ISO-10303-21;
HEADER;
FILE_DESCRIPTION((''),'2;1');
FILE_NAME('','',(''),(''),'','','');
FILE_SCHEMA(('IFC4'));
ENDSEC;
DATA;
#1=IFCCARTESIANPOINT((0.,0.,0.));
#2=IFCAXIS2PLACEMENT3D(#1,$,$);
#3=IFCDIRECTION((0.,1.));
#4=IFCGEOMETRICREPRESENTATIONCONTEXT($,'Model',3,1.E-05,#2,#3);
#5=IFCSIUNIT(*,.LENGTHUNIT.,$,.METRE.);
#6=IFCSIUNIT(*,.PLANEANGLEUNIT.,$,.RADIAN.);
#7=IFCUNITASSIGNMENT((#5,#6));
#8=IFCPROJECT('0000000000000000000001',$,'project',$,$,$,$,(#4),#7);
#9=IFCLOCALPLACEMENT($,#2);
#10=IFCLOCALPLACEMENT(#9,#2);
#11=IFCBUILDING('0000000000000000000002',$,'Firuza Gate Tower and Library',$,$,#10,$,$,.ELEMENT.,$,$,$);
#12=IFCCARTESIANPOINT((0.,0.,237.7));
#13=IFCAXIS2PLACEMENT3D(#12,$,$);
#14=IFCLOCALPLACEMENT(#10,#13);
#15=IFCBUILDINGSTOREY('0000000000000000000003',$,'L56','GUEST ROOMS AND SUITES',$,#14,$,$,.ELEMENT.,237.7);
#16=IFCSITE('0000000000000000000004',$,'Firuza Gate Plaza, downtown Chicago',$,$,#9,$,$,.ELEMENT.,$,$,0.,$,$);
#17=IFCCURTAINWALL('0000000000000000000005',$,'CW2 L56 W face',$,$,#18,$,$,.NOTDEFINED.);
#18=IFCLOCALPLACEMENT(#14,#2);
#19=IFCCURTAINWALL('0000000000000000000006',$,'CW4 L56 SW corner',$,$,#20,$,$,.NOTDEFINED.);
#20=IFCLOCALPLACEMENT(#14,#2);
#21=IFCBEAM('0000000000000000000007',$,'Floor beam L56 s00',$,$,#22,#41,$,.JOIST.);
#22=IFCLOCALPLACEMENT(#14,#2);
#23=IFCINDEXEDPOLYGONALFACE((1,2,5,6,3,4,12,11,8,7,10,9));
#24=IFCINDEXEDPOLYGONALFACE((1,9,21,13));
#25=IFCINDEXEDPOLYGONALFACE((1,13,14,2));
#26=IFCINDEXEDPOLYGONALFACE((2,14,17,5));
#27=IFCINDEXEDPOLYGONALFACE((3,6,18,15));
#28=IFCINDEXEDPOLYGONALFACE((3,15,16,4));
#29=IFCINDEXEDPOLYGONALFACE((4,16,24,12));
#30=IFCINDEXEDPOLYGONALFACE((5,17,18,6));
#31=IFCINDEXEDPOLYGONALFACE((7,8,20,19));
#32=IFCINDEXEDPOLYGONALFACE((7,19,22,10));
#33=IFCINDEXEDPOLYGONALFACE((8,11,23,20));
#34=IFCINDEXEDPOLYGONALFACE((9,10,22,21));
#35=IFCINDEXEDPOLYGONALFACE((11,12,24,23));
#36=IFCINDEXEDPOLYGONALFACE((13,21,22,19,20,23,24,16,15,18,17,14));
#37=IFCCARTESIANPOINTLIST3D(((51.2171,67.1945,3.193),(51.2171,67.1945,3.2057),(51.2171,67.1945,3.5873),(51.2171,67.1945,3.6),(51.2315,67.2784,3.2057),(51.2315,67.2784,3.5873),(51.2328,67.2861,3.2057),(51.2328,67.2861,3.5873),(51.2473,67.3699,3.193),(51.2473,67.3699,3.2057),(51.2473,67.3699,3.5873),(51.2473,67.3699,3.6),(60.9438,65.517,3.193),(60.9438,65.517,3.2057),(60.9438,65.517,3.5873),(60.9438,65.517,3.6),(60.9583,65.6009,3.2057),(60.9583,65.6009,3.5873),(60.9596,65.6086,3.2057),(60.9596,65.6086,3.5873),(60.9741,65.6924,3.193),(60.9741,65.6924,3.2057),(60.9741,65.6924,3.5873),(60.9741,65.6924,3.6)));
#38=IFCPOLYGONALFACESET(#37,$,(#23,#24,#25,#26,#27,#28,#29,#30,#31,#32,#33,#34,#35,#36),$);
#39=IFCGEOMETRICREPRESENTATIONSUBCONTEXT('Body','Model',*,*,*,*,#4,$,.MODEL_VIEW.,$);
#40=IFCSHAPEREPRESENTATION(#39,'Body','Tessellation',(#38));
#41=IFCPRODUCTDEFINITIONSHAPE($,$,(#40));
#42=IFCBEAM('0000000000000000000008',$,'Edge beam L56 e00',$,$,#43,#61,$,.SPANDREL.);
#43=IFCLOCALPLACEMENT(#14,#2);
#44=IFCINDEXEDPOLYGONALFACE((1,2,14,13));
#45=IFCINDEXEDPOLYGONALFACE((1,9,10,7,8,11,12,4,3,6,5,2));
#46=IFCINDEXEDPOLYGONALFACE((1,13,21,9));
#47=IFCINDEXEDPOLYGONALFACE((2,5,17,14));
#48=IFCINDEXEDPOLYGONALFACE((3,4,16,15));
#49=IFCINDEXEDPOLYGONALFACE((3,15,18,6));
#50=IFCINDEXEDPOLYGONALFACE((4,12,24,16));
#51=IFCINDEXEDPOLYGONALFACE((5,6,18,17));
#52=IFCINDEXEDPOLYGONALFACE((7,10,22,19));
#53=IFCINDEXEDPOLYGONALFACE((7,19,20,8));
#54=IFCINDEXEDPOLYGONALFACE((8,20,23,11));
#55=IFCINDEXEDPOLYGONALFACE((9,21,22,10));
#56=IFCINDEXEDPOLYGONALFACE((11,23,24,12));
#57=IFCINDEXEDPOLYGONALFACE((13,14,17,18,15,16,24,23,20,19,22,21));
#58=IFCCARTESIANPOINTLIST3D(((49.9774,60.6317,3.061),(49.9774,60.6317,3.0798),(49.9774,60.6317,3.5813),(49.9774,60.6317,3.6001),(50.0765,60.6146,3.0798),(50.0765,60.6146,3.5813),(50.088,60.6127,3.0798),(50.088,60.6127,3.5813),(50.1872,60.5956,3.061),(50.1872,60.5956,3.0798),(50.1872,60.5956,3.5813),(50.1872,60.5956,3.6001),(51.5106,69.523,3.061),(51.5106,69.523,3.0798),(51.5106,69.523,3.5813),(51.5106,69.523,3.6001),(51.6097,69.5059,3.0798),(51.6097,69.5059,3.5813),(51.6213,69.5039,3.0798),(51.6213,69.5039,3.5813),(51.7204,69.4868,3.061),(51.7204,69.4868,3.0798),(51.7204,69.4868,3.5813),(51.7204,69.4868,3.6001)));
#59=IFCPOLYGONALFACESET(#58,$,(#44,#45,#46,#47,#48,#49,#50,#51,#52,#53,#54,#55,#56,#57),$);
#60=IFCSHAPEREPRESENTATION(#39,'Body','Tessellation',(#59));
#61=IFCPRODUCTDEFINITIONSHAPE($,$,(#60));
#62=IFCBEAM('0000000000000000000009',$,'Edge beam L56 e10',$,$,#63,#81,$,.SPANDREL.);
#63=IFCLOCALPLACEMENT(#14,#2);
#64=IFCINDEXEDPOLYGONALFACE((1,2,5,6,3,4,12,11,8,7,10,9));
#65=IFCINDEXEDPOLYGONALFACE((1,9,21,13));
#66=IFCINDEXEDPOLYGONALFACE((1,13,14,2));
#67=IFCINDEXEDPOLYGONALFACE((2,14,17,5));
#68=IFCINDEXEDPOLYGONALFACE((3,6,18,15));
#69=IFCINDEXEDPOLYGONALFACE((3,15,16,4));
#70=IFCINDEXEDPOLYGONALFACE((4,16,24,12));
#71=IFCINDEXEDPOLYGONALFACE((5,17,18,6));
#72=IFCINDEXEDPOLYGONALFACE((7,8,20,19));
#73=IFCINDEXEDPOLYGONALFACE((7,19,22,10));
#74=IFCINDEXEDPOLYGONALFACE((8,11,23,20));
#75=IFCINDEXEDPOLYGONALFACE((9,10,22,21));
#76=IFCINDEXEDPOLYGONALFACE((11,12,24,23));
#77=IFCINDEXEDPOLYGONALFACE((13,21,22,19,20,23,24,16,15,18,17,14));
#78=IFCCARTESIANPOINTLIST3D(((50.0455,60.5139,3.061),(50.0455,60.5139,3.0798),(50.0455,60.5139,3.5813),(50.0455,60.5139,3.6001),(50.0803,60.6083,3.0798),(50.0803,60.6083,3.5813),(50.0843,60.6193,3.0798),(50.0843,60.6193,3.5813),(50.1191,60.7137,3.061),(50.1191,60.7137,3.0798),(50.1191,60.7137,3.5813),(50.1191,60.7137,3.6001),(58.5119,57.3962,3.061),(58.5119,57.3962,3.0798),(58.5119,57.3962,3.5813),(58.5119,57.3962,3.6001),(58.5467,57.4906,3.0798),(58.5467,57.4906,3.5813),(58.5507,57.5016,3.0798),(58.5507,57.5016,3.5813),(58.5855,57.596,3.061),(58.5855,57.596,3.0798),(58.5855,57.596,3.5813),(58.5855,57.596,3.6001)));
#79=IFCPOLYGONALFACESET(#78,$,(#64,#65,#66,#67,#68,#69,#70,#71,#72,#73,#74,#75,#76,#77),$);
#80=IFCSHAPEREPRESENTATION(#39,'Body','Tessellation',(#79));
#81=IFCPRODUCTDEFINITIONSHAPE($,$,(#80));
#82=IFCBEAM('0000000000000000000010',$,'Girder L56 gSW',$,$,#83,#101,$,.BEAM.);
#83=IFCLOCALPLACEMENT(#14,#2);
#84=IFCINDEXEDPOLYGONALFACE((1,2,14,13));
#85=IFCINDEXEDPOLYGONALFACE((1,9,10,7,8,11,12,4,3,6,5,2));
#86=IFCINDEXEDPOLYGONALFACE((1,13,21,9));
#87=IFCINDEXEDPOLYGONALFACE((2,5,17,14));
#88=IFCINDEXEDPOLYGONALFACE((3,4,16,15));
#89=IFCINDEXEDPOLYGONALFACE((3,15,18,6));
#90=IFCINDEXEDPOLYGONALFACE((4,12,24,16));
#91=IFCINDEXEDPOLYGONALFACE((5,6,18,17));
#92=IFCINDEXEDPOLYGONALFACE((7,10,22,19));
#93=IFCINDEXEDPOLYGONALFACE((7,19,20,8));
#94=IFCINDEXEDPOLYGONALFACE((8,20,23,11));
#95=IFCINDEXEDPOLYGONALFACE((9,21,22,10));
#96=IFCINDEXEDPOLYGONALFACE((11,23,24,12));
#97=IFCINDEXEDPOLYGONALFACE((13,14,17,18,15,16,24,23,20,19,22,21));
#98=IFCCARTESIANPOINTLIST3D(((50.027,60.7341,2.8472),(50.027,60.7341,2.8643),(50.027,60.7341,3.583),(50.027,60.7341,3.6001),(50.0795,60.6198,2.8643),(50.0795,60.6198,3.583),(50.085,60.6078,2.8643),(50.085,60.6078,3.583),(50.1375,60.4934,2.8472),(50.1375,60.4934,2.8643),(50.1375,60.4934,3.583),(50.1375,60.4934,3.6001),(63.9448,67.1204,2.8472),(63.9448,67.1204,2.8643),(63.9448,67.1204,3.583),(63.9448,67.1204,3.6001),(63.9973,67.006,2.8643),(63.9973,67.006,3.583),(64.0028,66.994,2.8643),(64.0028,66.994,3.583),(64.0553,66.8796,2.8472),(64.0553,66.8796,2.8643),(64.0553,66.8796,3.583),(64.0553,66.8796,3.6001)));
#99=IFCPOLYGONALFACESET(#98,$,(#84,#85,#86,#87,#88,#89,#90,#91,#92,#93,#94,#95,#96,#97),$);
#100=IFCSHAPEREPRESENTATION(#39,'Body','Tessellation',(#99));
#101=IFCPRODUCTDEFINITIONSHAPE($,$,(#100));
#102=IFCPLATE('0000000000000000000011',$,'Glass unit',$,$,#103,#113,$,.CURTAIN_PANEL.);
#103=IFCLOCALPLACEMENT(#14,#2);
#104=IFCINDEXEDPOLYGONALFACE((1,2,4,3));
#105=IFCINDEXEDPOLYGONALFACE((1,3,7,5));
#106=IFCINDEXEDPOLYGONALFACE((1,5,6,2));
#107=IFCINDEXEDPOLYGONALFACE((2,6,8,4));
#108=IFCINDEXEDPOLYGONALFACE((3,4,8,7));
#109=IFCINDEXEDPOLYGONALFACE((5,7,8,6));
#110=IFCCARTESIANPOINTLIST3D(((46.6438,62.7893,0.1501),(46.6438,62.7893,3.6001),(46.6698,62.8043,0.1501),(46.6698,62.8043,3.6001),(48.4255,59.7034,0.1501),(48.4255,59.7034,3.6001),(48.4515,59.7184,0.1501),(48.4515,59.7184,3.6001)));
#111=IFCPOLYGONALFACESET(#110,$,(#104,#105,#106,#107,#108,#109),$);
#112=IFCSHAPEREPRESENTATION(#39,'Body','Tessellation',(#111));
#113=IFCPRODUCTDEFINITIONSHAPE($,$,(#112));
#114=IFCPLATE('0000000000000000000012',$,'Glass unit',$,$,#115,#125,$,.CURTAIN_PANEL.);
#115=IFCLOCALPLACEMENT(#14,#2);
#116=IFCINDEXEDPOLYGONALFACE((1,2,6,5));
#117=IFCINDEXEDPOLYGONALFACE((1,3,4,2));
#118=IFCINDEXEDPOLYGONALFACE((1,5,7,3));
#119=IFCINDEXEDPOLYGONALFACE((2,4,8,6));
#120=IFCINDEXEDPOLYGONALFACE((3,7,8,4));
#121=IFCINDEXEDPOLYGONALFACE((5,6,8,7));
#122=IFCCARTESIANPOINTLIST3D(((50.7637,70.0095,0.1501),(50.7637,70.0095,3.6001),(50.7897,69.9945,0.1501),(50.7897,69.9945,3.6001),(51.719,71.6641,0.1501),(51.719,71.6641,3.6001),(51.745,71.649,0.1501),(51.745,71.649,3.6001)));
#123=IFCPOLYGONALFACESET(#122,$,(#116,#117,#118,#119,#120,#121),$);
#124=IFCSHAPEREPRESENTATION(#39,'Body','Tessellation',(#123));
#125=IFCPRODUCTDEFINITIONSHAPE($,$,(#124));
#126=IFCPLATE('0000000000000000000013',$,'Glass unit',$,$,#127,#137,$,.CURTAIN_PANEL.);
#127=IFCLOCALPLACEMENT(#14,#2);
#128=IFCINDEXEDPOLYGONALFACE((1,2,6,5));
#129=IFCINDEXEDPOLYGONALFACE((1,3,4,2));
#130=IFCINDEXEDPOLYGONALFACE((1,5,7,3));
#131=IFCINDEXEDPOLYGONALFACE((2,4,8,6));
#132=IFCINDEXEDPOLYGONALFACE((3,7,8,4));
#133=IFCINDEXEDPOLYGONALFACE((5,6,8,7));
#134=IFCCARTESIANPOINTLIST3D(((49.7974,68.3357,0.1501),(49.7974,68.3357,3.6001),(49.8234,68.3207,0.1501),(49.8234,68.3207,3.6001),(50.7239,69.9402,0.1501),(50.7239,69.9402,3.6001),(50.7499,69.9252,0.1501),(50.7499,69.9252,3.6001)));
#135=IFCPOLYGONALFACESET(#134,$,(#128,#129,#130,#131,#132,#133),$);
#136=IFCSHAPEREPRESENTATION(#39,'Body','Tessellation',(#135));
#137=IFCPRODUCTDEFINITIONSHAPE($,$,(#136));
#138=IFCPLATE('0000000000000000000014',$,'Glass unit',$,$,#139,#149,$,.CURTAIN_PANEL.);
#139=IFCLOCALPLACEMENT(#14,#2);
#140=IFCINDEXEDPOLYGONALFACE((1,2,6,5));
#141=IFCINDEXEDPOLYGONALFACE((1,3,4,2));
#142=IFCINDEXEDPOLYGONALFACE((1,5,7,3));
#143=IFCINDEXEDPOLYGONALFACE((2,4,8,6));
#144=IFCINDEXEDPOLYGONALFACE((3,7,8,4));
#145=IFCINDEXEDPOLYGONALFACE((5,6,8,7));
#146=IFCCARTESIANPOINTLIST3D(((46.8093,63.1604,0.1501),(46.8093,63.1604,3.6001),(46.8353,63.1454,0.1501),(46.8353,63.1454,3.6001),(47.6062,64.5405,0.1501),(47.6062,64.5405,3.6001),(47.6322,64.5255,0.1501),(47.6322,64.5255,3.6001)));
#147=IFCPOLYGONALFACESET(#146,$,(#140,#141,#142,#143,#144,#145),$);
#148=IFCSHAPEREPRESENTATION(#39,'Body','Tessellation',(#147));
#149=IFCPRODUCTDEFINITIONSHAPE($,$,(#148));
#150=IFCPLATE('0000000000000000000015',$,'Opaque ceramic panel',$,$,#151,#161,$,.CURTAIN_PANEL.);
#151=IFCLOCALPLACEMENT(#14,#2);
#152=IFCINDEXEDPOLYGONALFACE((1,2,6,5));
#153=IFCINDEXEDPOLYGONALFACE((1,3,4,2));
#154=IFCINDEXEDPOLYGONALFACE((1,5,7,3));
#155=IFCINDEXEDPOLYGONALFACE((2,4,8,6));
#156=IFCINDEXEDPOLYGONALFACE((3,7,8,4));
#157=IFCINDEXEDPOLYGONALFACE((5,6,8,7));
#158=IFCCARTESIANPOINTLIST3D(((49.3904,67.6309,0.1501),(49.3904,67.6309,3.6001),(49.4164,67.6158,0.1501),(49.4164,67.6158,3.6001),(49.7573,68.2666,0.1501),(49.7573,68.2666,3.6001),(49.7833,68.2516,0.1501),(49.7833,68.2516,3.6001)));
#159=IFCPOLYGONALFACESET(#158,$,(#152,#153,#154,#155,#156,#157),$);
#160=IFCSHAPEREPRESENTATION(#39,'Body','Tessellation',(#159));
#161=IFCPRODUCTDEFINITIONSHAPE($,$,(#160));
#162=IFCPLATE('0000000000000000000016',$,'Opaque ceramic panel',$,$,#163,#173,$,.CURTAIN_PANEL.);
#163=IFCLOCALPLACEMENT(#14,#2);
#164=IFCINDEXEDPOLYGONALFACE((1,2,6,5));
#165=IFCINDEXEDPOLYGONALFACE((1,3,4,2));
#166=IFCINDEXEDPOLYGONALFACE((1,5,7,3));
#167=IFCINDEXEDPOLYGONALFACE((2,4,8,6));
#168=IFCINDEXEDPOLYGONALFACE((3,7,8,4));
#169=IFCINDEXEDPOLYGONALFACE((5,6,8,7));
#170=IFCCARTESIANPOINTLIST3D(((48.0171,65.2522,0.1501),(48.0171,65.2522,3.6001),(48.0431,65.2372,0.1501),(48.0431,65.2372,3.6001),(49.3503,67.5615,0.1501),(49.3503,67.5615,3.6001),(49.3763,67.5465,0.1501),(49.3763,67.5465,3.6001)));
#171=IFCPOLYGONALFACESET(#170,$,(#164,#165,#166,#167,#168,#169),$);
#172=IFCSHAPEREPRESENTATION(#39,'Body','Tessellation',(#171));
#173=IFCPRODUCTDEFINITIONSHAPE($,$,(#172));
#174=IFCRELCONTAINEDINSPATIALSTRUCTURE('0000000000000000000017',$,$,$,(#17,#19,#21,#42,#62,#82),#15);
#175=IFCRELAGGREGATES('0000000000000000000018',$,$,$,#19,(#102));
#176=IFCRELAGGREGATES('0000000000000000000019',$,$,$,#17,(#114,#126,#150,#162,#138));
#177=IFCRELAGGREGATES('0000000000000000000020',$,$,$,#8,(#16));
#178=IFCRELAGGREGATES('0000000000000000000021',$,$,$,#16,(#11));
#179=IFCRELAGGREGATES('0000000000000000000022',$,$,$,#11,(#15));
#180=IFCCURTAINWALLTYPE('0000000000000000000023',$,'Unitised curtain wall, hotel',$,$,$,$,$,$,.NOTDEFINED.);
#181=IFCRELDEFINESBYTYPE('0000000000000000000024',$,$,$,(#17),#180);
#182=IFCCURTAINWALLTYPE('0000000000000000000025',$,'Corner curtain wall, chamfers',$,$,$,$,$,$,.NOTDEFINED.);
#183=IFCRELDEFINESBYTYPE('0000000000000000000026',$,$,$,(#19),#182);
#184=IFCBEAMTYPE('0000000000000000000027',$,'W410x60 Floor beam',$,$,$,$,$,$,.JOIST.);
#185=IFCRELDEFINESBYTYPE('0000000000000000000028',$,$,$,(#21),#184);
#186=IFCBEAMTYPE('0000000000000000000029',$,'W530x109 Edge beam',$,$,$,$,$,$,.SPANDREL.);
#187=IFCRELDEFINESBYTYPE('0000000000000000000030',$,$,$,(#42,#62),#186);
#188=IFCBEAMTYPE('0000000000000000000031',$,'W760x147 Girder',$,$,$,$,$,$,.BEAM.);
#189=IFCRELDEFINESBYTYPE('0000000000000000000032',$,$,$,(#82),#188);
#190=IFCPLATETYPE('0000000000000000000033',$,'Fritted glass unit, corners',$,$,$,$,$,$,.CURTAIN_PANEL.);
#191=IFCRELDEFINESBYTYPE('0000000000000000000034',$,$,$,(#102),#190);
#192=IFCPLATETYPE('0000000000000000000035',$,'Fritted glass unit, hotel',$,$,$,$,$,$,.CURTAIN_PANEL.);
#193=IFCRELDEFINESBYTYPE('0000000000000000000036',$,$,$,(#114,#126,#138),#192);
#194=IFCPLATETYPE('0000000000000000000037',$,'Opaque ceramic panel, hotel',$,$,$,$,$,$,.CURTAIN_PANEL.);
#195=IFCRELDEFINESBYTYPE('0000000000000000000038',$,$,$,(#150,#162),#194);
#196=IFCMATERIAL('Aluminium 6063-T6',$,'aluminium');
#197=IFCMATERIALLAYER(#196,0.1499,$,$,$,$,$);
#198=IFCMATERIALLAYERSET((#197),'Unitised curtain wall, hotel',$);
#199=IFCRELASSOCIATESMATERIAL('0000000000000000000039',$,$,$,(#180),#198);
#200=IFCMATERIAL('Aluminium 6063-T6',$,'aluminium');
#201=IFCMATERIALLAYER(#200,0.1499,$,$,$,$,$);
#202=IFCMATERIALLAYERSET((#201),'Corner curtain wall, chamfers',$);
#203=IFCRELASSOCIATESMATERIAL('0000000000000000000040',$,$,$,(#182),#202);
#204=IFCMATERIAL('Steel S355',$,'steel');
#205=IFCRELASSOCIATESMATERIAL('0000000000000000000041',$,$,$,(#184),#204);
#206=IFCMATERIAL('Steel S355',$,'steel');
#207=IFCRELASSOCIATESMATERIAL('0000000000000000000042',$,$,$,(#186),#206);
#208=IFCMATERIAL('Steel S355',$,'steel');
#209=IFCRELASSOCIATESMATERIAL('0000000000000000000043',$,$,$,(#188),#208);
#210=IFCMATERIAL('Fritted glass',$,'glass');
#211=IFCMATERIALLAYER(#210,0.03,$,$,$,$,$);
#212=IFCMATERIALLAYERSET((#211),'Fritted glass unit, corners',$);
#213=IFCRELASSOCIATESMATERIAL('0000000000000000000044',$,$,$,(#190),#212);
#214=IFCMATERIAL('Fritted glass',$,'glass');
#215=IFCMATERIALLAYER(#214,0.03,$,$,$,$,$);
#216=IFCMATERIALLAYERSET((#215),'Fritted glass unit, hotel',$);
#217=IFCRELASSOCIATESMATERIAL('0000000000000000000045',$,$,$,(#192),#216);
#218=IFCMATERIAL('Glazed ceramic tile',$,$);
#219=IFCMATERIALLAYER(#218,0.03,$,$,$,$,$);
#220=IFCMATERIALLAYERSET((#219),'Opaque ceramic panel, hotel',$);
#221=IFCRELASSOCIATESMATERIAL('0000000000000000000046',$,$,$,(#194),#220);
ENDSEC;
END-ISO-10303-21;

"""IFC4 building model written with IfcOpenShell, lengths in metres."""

from ifc_helpers import new_model, si_unit, direction, frame, origin, origin_2d, place, context, subcontext, project, spatial, polyline, i_section, outline, extrude, material, layer, layer_set, material_profile, profile_set, type_object, element, aggregate, save


model = new_model("IFC4")

# Units and contexts
model_context = context("Model", 3, precision=1e-05, world=origin(), true_north=direction((0.0, 1.0)))
body_context = subcontext(model_context, "Body", "Model", "MODEL_VIEW")
ifc_project = project(units=[si_unit("LENGTHUNIT", "METRE"), si_unit("PLANEANGLEUNIT", "RADIAN")], contexts=[model_context])

# Site, building, storey
site_placement = place(None, origin())
site = spatial("IfcSite", under=ifc_project, at=site_placement, Name="Firuza Gate Plaza, downtown Chicago", CompositionType="ELEMENT", RefElevation=0.0)
building_placement = place(site_placement, origin())
building = spatial("IfcBuilding", under=site, at=building_placement, Name="Firuza Gate Tower and Library", CompositionType="ELEMENT")
storey_placement = place(building_placement, frame((0.0, 0.0, 237.7)))
storey = spatial("IfcBuildingStorey", under=building, at=storey_placement, Name="L56", Description="GUEST ROOMS AND SUITES", CompositionType="ELEMENT", Elevation=237.7)

# Curtain walls
ifc_material_1 = material(Name="Aluminium 6063-T6", Category="aluminium")
ifc_layer_1 = layer(ifc_material_1, 0.1499)
ifc_layer_set_1 = layer_set([ifc_layer_1], Name="Unitised curtain wall, hotel")
curtain_wall_type_1 = type_object("IfcCurtainWallType", Name="Unitised curtain wall, hotel", PredefinedType="NOTDEFINED", material=ifc_layer_set_1)
placement = place(storey_placement, origin())
curtain_wall_1 = element("IfcCurtainWall", 1, at=placement, inside=storey, type_object=curtain_wall_type_1, Name="CW2 L56 W face", PredefinedType="NOTDEFINED")
ifc_material_2 = material(Name="Aluminium 6063-T6", Category="aluminium")
ifc_layer_2 = layer(ifc_material_2, 0.1499)
ifc_layer_set_2 = layer_set([ifc_layer_2], Name="Corner curtain wall, chamfers")
curtain_wall_type_2 = type_object("IfcCurtainWallType", Name="Corner curtain wall, chamfers", PredefinedType="NOTDEFINED", material=ifc_layer_set_2)
curtain_wall_2 = element("IfcCurtainWall", 2, at=placement, inside=storey, type_object=curtain_wall_type_2, Name="CW4 L56 SW corner", PredefinedType="NOTDEFINED")

# Beams
ifc_material_3 = material(Name="Steel S355", Category="steel")
ifc_material_profile_1 = material_profile(ifc_material_3, i_section(OverallWidth=0.178, OverallDepth=0.407, WebThickness=0.0078, FlangeThickness=0.0127, at=origin_2d()))
ifc_profile_set_1 = profile_set([ifc_material_profile_1], Name="Steel S355")
beam_type_1 = type_object("IfcBeamType", Name="W410x60 Floor beam", PredefinedType="JOIST", material=ifc_profile_set_1)
beam_1_placement = place(storey_placement, frame((51.2322, 67.2822, 3.3965), z_axis=(0.985452, -0.169952, 0.0), x_axis=(0.169952, 0.985452, 0.0)))
element("IfcBeam", 3, at=beam_1_placement, inside=storey, type_object=beam_type_1, Name="Floor beam L56 s00", PredefinedType="JOIST", context=body_context, shape_type="SweptSolid", body=[
    extrude(i_section(OverallWidth=0.178, OverallDepth=0.407, WebThickness=0.0078, FlangeThickness=0.0127, at=origin_2d()), origin(), (0.0, 0.0, 1.0), 9.8704),
])
ifc_material_4 = material(Name="Steel S355", Category="steel")
ifc_material_profile_2 = material_profile(ifc_material_4, i_section(OverallWidth=0.2129, OverallDepth=0.5391, WebThickness=0.0117, FlangeThickness=0.0188, at=origin_2d()))
ifc_profile_set_2 = profile_set([ifc_material_profile_2], Name="Steel S355")
beam_type_2 = type_object("IfcBeamType", Name="W530x109 Edge beam", PredefinedType="SPANDREL", material=ifc_profile_set_2)
beam_2_placement = place(storey_placement, frame((51.6155, 69.5049, 3.3306), z_axis=(-0.169934, -0.985455, 0.0), x_axis=(0.985455, -0.169934, 0.0)))
element("IfcBeam", 4, at=beam_2_placement, inside=storey, type_object=beam_type_2, Name="Edge beam L56 e00", PredefinedType="SPANDREL", context=body_context, shape_type="SweptSolid", body=[
    extrude(i_section(OverallWidth=0.2129, OverallDepth=0.5391, WebThickness=0.0117, FlangeThickness=0.0188, at=origin_2d()), origin(), (0.0, 0.0, 1.0), 9.0225),
])
beam_3_placement = place(storey_placement, frame((50.0823, 60.6138, 3.3306), z_axis=(0.9384, -0.345551, 0.0), x_axis=(0.345551, 0.9384, 0.0)))
element("IfcBeam", 5, at=beam_3_placement, inside=storey, type_object=beam_type_2, Name="Edge beam L56 e10", PredefinedType="SPANDREL", context=body_context, shape_type="SweptSolid", body=[
    extrude(i_section(OverallWidth=0.2129, OverallDepth=0.5391, WebThickness=0.0117, FlangeThickness=0.0188, at=origin_2d()), origin(), (0.0, 0.0, 1.0), 9.0222),
])
ifc_material_5 = material(Name="Steel S355", Category="steel")
ifc_material_profile_3 = material_profile(ifc_material_5, i_section(OverallWidth=0.2649, OverallDepth=0.7529, WebThickness=0.0132, FlangeThickness=0.0171, at=origin_2d()))
ifc_profile_set_3 = profile_set([ifc_material_profile_3], Name="Steel S355")
beam_type_3 = type_object("IfcBeamType", Name="W760x147 Girder", PredefinedType="BEAM", material=ifc_profile_set_3)
beam_4_placement = place(storey_placement, frame((50.0823, 60.6138, 3.2236), z_axis=(0.908885, 0.417047, 0.0), x_axis=(-0.417047, 0.908885, 0.0)))
element("IfcBeam", 6, at=beam_4_placement, inside=storey, type_object=beam_type_3, Name="Girder L56 gSW", PredefinedType="BEAM", context=body_context, shape_type="SweptSolid", body=[
    extrude(i_section(OverallWidth=0.2649, OverallDepth=0.7529, WebThickness=0.0132, FlangeThickness=0.0171, at=origin_2d()), origin(), (0.0, 0.0, 1.0), 15.313),
])

# Plates
ifc_material_6 = material(Name="Fritted glass", Category="glass")
ifc_layer_3 = layer(ifc_material_6, 0.03)
ifc_layer_set_3 = layer_set([ifc_layer_3], Name="Fritted glass unit, corners")
plate_type_1 = type_object("IfcPlateType", Name="Fritted glass unit, corners", PredefinedType="CURTAIN_PANEL", material=ifc_layer_set_3)
plate_1_placement = place(storey_placement, frame((46.6438, 62.7893, 0.1501), z_axis=(-0.866017, -0.500015, 0.0), x_axis=(0.500015, -0.866017, 0.0)))
plate_1 = element("IfcPlate", 7, at=plate_1_placement, type_object=plate_type_1, Name="Glass unit", PredefinedType="CURTAIN_PANEL", context=body_context, shape_type="SweptSolid", body=[
    extrude(outline(polyline([(0.0, 0.0), (3.5634, 0.0), (3.5634, 3.45), (0.0, 3.45), (0.0, 0.0)])), origin(), (0.0, 0.0, -1.0), 0.03),
])
aggregate(curtain_wall_2, [plate_1])
ifc_material_7 = material(Name="Fritted glass", Category="glass")
ifc_layer_4 = layer(ifc_material_7, 0.03)
ifc_layer_set_4 = layer_set([ifc_layer_4], Name="Fritted glass unit, hotel")
plate_type_2 = type_object("IfcPlateType", Name="Fritted glass unit, hotel", PredefinedType="CURTAIN_PANEL", material=ifc_layer_set_4)
plate_2_placement = place(storey_placement, frame((51.719, 71.6641, 0.1501), z_axis=(-0.866009, 0.500028, 0.0), x_axis=(-0.500028, -0.866009, 0.0)))
plate_2 = element("IfcPlate", 8, at=plate_2_placement, type_object=plate_type_2, Name="Glass unit", PredefinedType="CURTAIN_PANEL", context=body_context, shape_type="SweptSolid", body=[
    extrude(outline(polyline([(0.0, 0.0), (1.9105, 0.0), (1.9105, 3.45), (0.0, 3.45), (0.0, 0.0)])), origin(), (0.0, 0.0, -1.0), 0.03),
])
plate_3_placement = place(storey_placement, frame((50.7239, 69.9402, 0.1501), z_axis=(-0.865988, 0.500065, 0.0), x_axis=(-0.500065, -0.865988, 0.0)))
plate_3 = element("IfcPlate", 9, at=plate_3_placement, type_object=plate_type_2, Name="Glass unit", PredefinedType="CURTAIN_PANEL", context=body_context, shape_type="SweptSolid", body=[
    extrude(outline(polyline([(0.0, 0.0), (1.8528, 0.0), (1.8528, 3.45), (0.0, 3.45), (0.0, 0.0)])), origin(), (0.0, 0.0, -1.0), 0.03),
])
plate_4_placement = place(storey_placement, frame((47.6062, 64.5405, 0.1501), z_axis=(-0.86601, 0.500027, 0.0), x_axis=(-0.500027, -0.86601, 0.0)))
plate_4 = element("IfcPlate", 10, at=plate_4_placement, type_object=plate_type_2, Name="Glass unit", PredefinedType="CURTAIN_PANEL", context=body_context, shape_type="SweptSolid", body=[
    extrude(outline(polyline([(0.0, 0.0), (1.5937, 0.0), (1.5937, 3.45), (0.0, 3.45), (0.0, 0.0)])), origin(), (0.0, 0.0, -1.0), 0.03),
])
ifc_material_8 = material(Name="Glazed ceramic tile")
ifc_layer_5 = layer(ifc_material_8, 0.03)
ifc_layer_set_5 = layer_set([ifc_layer_5], Name="Opaque ceramic panel, hotel")
plate_type_3 = type_object("IfcPlateType", Name="Opaque ceramic panel, hotel", PredefinedType="CURTAIN_PANEL", material=ifc_layer_set_5)
plate_5_placement = place(storey_placement, frame((49.7573, 68.2666, 0.1501), z_axis=(-0.866086, 0.499895, 0.0), x_axis=(-0.499895, -0.866086, 0.0)))
plate_5 = element("IfcPlate", 11, at=plate_5_placement, type_object=plate_type_3, Name="Opaque ceramic panel", PredefinedType="CURTAIN_PANEL", context=body_context, shape_type="SweptSolid", body=[
    extrude(outline(polyline([(0.0, 0.0), (0.734, 0.0), (0.734, 3.45), (0.0, 3.45), (0.0, 0.0)])), origin(), (0.0, 0.0, -1.0), 0.03),
])
plate_6_placement = place(storey_placement, frame((49.3503, 67.5615, 0.1501), z_axis=(-0.866032, 0.499989, 0.0), x_axis=(-0.499989, -0.866032, 0.0)))
plate_6 = element("IfcPlate", 12, at=plate_6_placement, type_object=plate_type_3, Name="Opaque ceramic panel", PredefinedType="CURTAIN_PANEL", context=body_context, shape_type="SweptSolid", body=[
    extrude(outline(polyline([(0.0, 0.0), (2.6666, 0.0), (2.6666, 3.45), (0.0, 3.45), (0.0, 0.0)])), origin(), (0.0, 0.0, -1.0), 0.03),
])
aggregate(curtain_wall_1, [plate_2, plate_3, plate_5, plate_6, plate_4])

save(model, "model.ifc")
